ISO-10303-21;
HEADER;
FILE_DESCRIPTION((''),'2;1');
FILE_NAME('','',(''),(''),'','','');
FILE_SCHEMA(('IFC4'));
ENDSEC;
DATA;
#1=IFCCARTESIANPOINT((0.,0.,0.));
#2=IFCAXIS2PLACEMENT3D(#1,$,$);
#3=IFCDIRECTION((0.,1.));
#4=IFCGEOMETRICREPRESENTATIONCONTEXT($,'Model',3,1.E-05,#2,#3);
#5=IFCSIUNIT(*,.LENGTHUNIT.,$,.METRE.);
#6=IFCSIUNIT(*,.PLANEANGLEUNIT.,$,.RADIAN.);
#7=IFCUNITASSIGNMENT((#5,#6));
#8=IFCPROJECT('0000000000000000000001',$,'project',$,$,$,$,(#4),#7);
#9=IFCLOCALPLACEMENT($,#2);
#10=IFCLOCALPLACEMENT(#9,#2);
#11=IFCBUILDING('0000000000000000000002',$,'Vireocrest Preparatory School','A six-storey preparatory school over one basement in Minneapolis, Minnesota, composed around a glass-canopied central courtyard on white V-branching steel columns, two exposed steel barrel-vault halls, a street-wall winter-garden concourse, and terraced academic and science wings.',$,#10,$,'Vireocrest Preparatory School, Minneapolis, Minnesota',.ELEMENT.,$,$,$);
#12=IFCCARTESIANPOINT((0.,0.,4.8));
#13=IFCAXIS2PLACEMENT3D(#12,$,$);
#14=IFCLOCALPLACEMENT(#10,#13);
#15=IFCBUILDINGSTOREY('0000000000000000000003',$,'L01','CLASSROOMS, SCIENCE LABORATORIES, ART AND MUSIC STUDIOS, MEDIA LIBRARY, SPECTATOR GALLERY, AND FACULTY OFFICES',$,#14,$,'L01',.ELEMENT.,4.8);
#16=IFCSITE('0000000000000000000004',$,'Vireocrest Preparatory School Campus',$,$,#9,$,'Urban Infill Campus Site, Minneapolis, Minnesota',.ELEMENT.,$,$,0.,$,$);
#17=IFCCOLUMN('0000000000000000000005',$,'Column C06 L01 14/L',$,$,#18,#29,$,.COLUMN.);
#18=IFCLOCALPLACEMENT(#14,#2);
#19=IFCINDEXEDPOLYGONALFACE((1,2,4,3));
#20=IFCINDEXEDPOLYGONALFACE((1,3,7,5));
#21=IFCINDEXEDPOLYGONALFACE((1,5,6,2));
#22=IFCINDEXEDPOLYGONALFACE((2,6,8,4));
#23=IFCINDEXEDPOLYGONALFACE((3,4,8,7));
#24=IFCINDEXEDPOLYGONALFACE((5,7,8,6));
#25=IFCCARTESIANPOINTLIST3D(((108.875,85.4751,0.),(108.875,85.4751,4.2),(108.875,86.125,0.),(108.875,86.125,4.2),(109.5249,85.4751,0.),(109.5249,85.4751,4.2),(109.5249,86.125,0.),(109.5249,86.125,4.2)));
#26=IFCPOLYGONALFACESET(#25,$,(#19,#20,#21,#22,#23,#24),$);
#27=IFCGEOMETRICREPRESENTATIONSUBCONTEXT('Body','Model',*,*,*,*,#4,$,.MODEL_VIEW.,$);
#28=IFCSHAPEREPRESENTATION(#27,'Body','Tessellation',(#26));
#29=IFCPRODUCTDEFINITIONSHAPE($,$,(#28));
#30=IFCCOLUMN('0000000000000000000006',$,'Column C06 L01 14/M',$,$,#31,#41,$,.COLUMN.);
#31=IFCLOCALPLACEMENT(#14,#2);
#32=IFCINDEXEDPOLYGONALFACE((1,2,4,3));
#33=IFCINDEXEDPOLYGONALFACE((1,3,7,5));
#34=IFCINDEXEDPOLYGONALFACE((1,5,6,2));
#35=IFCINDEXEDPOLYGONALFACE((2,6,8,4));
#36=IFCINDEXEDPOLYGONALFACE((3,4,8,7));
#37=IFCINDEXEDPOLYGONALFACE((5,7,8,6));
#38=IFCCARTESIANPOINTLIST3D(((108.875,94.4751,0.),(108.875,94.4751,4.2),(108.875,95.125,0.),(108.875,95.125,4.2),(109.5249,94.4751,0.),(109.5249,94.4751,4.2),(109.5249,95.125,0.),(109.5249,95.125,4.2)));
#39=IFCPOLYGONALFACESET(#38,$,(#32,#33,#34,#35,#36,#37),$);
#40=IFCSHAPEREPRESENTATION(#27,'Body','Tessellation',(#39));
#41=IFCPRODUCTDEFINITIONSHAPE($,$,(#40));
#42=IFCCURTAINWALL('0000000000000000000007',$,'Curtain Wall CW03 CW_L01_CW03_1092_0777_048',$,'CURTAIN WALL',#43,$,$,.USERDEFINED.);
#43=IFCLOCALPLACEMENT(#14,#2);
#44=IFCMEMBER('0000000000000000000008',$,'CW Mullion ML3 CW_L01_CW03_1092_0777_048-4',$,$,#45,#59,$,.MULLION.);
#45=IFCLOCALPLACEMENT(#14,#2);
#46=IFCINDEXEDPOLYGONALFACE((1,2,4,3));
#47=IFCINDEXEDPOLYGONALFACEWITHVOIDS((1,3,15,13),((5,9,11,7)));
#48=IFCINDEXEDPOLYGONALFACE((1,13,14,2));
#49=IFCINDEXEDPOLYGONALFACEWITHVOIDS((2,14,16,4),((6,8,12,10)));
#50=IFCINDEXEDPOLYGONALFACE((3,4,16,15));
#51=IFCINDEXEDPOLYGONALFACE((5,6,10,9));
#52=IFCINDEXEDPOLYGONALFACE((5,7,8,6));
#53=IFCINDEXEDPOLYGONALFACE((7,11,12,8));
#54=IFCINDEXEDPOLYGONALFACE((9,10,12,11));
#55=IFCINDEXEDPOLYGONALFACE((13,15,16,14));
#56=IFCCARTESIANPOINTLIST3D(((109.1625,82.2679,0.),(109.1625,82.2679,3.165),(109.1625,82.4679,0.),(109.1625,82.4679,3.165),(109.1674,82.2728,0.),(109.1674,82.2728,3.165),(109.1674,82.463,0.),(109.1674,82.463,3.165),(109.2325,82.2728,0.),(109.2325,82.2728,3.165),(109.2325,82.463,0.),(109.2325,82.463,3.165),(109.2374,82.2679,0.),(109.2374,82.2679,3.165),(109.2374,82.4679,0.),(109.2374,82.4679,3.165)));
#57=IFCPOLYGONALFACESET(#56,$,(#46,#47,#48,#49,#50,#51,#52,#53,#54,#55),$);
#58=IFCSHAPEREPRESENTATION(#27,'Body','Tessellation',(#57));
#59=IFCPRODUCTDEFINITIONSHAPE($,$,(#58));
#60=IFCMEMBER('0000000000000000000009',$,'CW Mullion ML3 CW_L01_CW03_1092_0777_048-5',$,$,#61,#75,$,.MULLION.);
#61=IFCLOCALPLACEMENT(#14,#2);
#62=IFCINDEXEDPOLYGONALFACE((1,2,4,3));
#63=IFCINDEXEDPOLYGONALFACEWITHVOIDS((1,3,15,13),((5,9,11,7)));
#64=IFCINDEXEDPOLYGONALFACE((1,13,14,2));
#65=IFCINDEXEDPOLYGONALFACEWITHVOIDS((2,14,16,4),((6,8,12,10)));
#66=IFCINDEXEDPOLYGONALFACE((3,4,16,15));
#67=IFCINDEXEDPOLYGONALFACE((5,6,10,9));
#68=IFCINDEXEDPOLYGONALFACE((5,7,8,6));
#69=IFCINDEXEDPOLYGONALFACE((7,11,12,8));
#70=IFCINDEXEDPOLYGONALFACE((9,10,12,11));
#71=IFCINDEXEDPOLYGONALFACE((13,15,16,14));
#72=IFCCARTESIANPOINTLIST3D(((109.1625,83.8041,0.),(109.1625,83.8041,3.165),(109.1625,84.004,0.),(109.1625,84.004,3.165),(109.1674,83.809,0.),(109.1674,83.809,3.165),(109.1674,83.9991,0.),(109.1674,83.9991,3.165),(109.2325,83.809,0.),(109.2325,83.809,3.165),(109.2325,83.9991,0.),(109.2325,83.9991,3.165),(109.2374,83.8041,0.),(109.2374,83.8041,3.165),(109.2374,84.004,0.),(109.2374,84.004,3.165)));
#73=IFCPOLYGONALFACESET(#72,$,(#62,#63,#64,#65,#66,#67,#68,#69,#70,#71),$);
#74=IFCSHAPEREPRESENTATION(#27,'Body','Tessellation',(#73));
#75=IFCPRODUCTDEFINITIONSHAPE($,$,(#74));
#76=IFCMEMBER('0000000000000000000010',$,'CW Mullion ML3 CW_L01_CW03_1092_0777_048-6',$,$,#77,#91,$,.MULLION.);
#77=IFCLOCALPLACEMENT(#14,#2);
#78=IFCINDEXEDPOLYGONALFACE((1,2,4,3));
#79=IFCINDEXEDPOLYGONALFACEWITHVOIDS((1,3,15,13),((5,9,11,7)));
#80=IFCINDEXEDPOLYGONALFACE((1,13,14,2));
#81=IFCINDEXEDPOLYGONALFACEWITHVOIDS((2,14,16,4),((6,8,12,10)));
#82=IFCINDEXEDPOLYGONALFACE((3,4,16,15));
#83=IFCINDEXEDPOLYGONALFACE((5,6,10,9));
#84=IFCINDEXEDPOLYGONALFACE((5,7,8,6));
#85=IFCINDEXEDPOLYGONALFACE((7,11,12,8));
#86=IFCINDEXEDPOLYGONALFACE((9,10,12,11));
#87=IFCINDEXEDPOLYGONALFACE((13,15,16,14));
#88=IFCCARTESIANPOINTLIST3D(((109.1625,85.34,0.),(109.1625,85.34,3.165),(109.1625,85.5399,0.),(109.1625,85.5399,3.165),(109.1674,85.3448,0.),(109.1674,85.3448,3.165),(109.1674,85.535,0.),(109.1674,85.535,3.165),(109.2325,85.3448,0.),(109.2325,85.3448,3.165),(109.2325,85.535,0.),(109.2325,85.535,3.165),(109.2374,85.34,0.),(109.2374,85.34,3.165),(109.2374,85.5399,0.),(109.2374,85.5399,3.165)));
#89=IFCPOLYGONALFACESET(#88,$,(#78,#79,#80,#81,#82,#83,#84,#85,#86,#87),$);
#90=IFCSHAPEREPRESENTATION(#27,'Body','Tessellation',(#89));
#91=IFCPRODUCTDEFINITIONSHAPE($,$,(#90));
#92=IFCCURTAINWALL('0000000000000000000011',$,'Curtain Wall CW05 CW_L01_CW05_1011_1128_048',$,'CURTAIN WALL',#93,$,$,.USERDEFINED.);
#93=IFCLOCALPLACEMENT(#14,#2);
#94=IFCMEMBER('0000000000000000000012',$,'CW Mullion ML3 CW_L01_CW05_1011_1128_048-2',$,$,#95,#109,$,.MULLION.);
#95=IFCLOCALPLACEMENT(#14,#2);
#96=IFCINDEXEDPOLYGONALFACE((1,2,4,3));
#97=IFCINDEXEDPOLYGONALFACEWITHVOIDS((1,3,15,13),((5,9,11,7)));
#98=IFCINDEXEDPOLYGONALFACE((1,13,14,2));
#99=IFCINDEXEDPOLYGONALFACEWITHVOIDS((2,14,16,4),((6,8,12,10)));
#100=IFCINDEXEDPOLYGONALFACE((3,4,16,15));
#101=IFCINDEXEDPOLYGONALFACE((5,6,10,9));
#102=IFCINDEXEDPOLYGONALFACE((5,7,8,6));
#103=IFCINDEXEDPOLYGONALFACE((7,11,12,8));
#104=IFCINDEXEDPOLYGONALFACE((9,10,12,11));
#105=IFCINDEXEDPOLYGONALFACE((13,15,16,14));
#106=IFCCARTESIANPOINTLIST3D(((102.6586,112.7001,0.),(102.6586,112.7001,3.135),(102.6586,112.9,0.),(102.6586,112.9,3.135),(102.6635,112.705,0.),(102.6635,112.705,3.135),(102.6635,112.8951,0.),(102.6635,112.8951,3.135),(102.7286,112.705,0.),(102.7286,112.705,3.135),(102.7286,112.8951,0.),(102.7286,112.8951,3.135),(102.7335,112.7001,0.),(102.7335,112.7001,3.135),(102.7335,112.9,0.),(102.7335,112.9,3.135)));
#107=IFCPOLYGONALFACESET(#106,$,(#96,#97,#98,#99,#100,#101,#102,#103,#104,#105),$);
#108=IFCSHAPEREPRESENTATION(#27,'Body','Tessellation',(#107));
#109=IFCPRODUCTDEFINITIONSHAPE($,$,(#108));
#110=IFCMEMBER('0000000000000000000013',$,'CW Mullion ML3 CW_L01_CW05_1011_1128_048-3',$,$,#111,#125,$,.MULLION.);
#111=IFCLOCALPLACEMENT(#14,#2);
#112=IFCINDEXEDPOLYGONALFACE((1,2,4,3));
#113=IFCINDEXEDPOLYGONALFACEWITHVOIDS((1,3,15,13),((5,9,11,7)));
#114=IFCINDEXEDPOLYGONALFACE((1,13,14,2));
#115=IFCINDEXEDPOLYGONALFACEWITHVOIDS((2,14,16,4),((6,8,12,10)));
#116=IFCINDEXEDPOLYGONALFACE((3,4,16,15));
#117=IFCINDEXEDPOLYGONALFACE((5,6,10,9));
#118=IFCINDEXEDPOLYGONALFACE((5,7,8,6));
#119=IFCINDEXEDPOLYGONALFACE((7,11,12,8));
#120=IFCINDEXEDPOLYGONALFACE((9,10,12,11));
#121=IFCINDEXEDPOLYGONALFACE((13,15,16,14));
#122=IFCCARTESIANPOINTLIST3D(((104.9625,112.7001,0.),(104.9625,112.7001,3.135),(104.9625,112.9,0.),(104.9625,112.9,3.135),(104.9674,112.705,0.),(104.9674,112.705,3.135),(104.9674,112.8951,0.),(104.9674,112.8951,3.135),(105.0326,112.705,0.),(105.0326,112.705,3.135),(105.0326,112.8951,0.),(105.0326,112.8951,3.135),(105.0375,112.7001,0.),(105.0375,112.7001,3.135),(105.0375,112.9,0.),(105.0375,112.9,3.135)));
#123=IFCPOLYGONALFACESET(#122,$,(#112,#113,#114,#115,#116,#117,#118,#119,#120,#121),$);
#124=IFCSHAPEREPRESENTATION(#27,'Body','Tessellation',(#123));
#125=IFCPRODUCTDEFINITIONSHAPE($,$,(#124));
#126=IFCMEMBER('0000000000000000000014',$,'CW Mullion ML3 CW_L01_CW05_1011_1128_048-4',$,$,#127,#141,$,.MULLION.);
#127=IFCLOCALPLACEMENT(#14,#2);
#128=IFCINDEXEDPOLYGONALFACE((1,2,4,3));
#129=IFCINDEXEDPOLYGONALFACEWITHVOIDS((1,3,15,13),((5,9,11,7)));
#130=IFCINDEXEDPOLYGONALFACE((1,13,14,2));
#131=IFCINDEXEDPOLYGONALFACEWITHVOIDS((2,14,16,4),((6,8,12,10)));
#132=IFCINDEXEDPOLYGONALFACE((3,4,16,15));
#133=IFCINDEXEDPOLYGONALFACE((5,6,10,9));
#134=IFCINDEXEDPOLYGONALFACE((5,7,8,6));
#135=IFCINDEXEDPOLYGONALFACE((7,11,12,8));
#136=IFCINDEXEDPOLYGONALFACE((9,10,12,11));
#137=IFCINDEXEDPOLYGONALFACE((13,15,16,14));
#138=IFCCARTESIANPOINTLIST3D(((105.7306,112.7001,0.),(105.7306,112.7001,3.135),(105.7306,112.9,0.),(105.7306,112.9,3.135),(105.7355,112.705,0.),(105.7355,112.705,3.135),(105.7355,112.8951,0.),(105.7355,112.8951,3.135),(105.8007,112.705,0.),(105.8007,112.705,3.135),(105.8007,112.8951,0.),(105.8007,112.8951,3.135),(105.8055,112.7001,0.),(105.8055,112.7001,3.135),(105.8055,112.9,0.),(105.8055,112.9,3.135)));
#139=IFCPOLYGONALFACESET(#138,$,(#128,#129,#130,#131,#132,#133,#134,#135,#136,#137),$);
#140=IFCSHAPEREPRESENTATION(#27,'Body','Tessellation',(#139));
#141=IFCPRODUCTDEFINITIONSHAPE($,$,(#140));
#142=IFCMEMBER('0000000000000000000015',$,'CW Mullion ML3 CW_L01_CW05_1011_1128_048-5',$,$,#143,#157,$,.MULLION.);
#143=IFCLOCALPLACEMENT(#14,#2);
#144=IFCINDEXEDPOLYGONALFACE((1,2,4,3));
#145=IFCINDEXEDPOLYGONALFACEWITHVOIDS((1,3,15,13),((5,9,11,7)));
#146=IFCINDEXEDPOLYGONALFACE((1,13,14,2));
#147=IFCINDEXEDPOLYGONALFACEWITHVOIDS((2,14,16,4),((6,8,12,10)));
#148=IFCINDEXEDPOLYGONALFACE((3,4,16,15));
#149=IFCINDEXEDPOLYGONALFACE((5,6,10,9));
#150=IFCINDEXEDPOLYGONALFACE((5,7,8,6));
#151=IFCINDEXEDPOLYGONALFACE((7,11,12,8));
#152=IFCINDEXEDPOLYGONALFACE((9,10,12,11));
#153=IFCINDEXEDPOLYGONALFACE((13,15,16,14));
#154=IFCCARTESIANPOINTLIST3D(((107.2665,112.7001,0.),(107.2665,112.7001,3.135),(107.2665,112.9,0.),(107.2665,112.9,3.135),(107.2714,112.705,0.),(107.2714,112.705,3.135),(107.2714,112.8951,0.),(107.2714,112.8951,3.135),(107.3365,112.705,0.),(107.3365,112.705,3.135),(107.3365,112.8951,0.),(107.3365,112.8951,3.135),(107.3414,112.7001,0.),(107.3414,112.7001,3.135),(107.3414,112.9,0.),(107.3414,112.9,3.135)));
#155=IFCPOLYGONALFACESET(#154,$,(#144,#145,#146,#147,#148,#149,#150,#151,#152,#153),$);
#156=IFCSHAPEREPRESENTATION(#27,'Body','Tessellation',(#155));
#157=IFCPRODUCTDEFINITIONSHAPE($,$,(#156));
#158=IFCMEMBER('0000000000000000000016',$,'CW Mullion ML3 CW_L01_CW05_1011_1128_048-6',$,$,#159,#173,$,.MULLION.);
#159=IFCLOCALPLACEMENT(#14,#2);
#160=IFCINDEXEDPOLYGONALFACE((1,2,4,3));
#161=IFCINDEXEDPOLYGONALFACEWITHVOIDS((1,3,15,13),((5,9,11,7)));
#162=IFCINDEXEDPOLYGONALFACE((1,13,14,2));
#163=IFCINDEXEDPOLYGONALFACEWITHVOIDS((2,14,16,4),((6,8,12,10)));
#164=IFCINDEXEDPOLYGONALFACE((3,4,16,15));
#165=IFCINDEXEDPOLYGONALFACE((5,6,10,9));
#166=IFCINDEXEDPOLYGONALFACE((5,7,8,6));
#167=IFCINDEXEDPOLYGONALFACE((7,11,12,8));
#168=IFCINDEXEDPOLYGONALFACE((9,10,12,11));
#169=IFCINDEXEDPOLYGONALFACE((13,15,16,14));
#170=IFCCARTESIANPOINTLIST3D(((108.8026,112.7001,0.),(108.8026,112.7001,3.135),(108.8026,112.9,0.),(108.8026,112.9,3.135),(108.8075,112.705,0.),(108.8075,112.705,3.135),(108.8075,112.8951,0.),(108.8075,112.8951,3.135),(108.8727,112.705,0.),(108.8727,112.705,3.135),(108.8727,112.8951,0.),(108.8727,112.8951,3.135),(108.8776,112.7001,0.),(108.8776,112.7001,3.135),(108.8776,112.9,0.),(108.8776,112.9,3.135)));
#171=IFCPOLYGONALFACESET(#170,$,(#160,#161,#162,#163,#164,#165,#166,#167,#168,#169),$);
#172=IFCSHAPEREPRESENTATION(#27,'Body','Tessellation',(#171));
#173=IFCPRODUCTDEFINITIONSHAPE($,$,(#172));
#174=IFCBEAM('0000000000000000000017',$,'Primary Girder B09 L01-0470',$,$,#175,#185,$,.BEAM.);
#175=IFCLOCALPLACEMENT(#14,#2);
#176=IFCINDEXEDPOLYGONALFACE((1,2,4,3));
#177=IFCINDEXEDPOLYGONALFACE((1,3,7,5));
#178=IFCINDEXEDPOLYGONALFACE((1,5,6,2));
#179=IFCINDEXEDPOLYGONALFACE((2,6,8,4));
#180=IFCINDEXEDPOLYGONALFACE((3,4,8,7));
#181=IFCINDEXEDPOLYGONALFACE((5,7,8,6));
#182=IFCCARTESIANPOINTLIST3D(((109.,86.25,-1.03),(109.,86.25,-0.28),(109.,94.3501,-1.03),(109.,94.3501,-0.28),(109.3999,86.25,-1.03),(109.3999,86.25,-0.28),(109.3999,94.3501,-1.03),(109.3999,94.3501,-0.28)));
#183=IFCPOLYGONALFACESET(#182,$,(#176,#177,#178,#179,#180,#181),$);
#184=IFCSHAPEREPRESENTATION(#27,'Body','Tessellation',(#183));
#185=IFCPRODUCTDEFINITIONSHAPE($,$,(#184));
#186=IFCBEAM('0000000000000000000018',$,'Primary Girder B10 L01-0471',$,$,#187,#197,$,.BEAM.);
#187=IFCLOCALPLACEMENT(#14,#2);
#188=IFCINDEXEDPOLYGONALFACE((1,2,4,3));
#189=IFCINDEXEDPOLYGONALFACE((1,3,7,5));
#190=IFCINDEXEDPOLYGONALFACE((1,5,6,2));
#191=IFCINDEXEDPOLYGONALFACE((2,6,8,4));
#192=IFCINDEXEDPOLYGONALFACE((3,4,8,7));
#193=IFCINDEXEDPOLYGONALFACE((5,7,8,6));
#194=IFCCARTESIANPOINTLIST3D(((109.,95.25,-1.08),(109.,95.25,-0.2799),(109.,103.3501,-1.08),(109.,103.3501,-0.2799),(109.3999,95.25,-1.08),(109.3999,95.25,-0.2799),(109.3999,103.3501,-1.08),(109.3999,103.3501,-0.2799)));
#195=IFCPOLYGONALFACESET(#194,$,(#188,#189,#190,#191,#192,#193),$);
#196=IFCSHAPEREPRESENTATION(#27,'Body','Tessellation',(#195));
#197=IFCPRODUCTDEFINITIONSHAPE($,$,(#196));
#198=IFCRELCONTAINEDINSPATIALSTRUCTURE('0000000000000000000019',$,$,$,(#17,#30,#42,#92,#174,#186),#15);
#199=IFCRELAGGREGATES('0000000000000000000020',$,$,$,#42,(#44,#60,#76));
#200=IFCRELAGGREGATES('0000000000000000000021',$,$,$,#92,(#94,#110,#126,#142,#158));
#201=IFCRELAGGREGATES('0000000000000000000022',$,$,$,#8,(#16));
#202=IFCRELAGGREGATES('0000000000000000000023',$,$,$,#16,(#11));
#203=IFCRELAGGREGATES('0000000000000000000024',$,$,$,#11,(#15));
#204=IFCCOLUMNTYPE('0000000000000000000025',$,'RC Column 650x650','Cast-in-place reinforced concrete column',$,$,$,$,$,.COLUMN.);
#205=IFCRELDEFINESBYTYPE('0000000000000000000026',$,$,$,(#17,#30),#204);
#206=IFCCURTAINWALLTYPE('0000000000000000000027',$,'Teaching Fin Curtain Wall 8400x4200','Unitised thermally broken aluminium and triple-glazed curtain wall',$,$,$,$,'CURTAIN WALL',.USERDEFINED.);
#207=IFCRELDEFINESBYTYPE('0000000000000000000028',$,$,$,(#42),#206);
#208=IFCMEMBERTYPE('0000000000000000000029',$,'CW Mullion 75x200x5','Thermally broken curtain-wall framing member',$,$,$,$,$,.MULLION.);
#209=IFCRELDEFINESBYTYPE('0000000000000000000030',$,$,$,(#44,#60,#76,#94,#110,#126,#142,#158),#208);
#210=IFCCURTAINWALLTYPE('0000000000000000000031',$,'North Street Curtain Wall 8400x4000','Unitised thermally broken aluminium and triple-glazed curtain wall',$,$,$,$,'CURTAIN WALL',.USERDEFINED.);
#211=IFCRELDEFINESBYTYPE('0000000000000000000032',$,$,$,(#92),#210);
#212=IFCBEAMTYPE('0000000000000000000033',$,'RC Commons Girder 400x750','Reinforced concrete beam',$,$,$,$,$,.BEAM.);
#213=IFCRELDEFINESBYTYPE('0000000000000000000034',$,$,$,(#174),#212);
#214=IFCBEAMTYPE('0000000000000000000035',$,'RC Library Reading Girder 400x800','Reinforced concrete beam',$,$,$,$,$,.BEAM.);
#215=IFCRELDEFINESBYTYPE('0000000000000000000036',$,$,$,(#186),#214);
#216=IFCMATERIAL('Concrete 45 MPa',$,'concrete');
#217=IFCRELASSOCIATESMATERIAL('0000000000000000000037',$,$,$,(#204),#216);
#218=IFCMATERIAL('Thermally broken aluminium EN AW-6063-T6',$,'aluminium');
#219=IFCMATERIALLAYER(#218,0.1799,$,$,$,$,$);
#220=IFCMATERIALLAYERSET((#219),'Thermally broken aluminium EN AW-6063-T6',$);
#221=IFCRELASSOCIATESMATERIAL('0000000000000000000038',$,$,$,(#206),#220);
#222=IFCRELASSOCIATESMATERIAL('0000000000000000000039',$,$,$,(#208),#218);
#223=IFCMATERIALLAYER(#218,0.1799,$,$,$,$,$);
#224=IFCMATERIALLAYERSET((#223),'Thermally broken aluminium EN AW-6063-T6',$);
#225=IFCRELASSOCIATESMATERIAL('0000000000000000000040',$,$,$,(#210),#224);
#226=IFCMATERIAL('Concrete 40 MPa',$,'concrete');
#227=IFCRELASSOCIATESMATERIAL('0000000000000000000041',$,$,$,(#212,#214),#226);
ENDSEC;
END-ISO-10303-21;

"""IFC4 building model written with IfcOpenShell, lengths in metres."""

from ifc_helpers import new_model, si_unit, direction, frame, origin, origin_2d, place, context, subcontext, project, spatial, rectangle, hollow_rectangle, extrude, material, layer, layer_set, material_profile, profile_set, type_object, element, aggregate, save


model = new_model("IFC4")

# Units and contexts
model_context = context("Model", 3, precision=1e-05, world=origin(), true_north=direction((0.0, 1.0)))
body_context = subcontext(model_context, "Body", "Model", "MODEL_VIEW")
ifc_project = project(units=[si_unit("LENGTHUNIT", "METRE"), si_unit("PLANEANGLEUNIT", "RADIAN")], contexts=[model_context])

# Site, building, storey
site_placement = place(None, origin())
site = spatial("IfcSite", under=ifc_project, at=site_placement, Name="Vireocrest Preparatory School Campus", LongName="Urban Infill Campus Site, Minneapolis, Minnesota", CompositionType="ELEMENT", RefElevation=0.0)
building_placement = place(site_placement, origin())
building = spatial("IfcBuilding", under=site, at=building_placement, Name="Vireocrest Preparatory School", Description="A six-storey preparatory school over one basement in Minneapolis, Minnesota, composed around a glass-canopied central courtyard on white V-branching steel columns, two exposed steel barrel-vault halls, a street-wall winter-garden concourse, and terraced academic and science wings.", LongName="Vireocrest Preparatory School, Minneapolis, Minnesota", CompositionType="ELEMENT")
storey_placement = place(building_placement, frame((0.0, 0.0, 4.8)))
storey = spatial("IfcBuildingStorey", under=building, at=storey_placement, Name="L01", Description="CLASSROOMS, SCIENCE LABORATORIES, ART AND MUSIC STUDIOS, MEDIA LIBRARY, SPECTATOR GALLERY, AND FACULTY OFFICES", LongName="L01", CompositionType="ELEMENT", Elevation=4.8)

# Columns
ifc_material_1 = material(Name="Concrete 45 MPa", Category="concrete")
ifc_material_profile_1 = material_profile(ifc_material_1, rectangle(XDim=0.6499, YDim=0.6499, at=origin_2d()), Name="RC 650x650")
ifc_profile_set_1 = profile_set([ifc_material_profile_1], Name="Concrete 45 MPa")
column_type = type_object("IfcColumnType", Name="RC Column 650x650", Description="Cast-in-place reinforced concrete column", PredefinedType="COLUMN", material=ifc_profile_set_1)
for number, where, z_axis, x_axis, name in (
    (1, (109.2, 85.8, 0.0), (0.0, 0.0, 1.0), (1.0, 0.0, 0.0), "Column C06 L01 14/L"),
    (2, (109.2, 94.8, 0.0), (0.0, 0.0, 1.0), (1.0, 0.0, 0.0), "Column C06 L01 14/M"),
):
    element("IfcColumn", number, at=place(storey_placement, frame(where, z_axis=z_axis, x_axis=x_axis)), inside=storey, type_object=column_type, Name=name, PredefinedType="COLUMN", context=body_context, shape_type="SweptSolid", body=[
        extrude(rectangle(XDim=0.6499, YDim=0.6499, at=origin_2d()), origin(), (0.0, 0.0, 1.0), 4.2),
    ])

# Curtain walls, members
ifc_material_2 = material(Name="Thermally broken aluminium EN AW-6063-T6", Category="aluminium")
ifc_layer_1 = layer(ifc_material_2, 0.1799)
ifc_layer_set_1 = layer_set([ifc_layer_1], Name="Thermally broken aluminium EN AW-6063-T6")
curtain_wall_type_1 = type_object("IfcCurtainWallType", Name="Teaching Fin Curtain Wall 8400x4200", Description="Unitised thermally broken aluminium and triple-glazed curtain wall", ElementType="CURTAIN WALL", PredefinedType="USERDEFINED", material=ifc_layer_set_1)
curtain_wall_1_placement = place(storey_placement, origin())
curtain_wall_1 = element("IfcCurtainWall", 3, at=curtain_wall_1_placement, inside=storey, type_object=curtain_wall_type_1, Name="Curtain Wall CW03 CW_L01_CW03_1092_0777_048", ObjectType="CURTAIN WALL", PredefinedType="USERDEFINED")
ifc_material_profile_2 = material_profile(ifc_material_2, hollow_rectangle(XDim=0.075, YDim=0.2, WallThickness=0.0049, at=origin_2d()), Name="ALU 75x200x5")
ifc_profile_set_2 = profile_set([ifc_material_profile_2], Name="Thermally broken aluminium EN AW-6063-T6")
member_type = type_object("IfcMemberType", Name="CW Mullion 75x200x5", Description="Thermally broken curtain-wall framing member", PredefinedType="MULLION", material=ifc_profile_set_2)
member_1_placement = place(storey_placement, frame((109.2, 82.3679, 0.0), z_axis=(0.0, 0.0, 1.0), x_axis=(1.0, 0.0, 0.0)))
member_1 = element("IfcMember", 4, at=member_1_placement, type_object=member_type, Name="CW Mullion ML3 CW_L01_CW03_1092_0777_048-4", PredefinedType="MULLION", context=body_context, shape_type="SweptSolid", body=[
    extrude(hollow_rectangle(XDim=0.075, YDim=0.2, WallThickness=0.0049, at=origin_2d()), origin(), (0.0, 0.0, 1.0), 3.165),
])
member_2_placement = place(storey_placement, frame((109.2, 83.9041, 0.0), z_axis=(0.0, 0.0, 1.0), x_axis=(1.0, 0.0, 0.0)))
member_2 = element("IfcMember", 5, at=member_2_placement, type_object=member_type, Name="CW Mullion ML3 CW_L01_CW03_1092_0777_048-5", PredefinedType="MULLION", context=body_context, shape_type="SweptSolid", body=[
    extrude(hollow_rectangle(XDim=0.075, YDim=0.2, WallThickness=0.0049, at=origin_2d()), origin(), (0.0, 0.0, 1.0), 3.165),
])
member_3_placement = place(storey_placement, frame((109.2, 85.4399, 0.0), z_axis=(0.0, 0.0, 1.0), x_axis=(1.0, 0.0, 0.0)))
member_3 = element("IfcMember", 6, at=member_3_placement, type_object=member_type, Name="CW Mullion ML3 CW_L01_CW03_1092_0777_048-6", PredefinedType="MULLION", context=body_context, shape_type="SweptSolid", body=[
    extrude(hollow_rectangle(XDim=0.075, YDim=0.2, WallThickness=0.0049, at=origin_2d()), origin(), (0.0, 0.0, 1.0), 3.165),
])
ifc_layer_2 = layer(ifc_material_2, 0.1799)
ifc_layer_set_2 = layer_set([ifc_layer_2], Name="Thermally broken aluminium EN AW-6063-T6")
curtain_wall_type_2 = type_object("IfcCurtainWallType", Name="North Street Curtain Wall 8400x4000", Description="Unitised thermally broken aluminium and triple-glazed curtain wall", ElementType="CURTAIN WALL", PredefinedType="USERDEFINED", material=ifc_layer_set_2)
curtain_wall_2_placement = place(storey_placement, origin())
curtain_wall_2 = element("IfcCurtainWall", 7, at=curtain_wall_2_placement, inside=storey, type_object=curtain_wall_type_2, Name="Curtain Wall CW05 CW_L01_CW05_1011_1128_048", ObjectType="CURTAIN WALL", PredefinedType="USERDEFINED")
member_4_placement = place(storey_placement, frame((102.696, 112.8, 0.0), z_axis=(0.0, 0.0, 1.0), x_axis=(1.0, 0.0, 0.0)))
member_4 = element("IfcMember", 8, at=member_4_placement, type_object=member_type, Name="CW Mullion ML3 CW_L01_CW05_1011_1128_048-2", PredefinedType="MULLION", context=body_context, shape_type="SweptSolid", body=[
    extrude(hollow_rectangle(XDim=0.075, YDim=0.2, WallThickness=0.0049, at=origin_2d()), origin(), (0.0, 0.0, 1.0), 3.135),
])
member_5_placement = place(storey_placement, frame((105.0, 112.8, 0.0), z_axis=(0.0, 0.0, 1.0), x_axis=(1.0, 0.0, 0.0)))
member_5 = element("IfcMember", 9, at=member_5_placement, type_object=member_type, Name="CW Mullion ML3 CW_L01_CW05_1011_1128_048-3", PredefinedType="MULLION", context=body_context, shape_type="SweptSolid", body=[
    extrude(hollow_rectangle(XDim=0.075, YDim=0.2, WallThickness=0.0049, at=origin_2d()), origin(), (0.0, 0.0, 1.0), 3.135),
])
member_6_placement = place(storey_placement, frame((105.7681, 112.8, 0.0), z_axis=(0.0, 0.0, 1.0), x_axis=(1.0, 0.0, 0.0)))
member_6 = element("IfcMember", 10, at=member_6_placement, type_object=member_type, Name="CW Mullion ML3 CW_L01_CW05_1011_1128_048-4", PredefinedType="MULLION", context=body_context, shape_type="SweptSolid", body=[
    extrude(hollow_rectangle(XDim=0.075, YDim=0.2, WallThickness=0.0049, at=origin_2d()), origin(), (0.0, 0.0, 1.0), 3.135),
])
member_7_placement = place(storey_placement, frame((107.304, 112.8, 0.0), z_axis=(0.0, 0.0, 1.0), x_axis=(1.0, 0.0, 0.0)))
member_7 = element("IfcMember", 11, at=member_7_placement, type_object=member_type, Name="CW Mullion ML3 CW_L01_CW05_1011_1128_048-5", PredefinedType="MULLION", context=body_context, shape_type="SweptSolid", body=[
    extrude(hollow_rectangle(XDim=0.075, YDim=0.2, WallThickness=0.0049, at=origin_2d()), origin(), (0.0, 0.0, 1.0), 3.135),
])
member_8_placement = place(storey_placement, frame((108.8401, 112.8, 0.0), z_axis=(0.0, 0.0, 1.0), x_axis=(1.0, 0.0, 0.0)))
member_8 = element("IfcMember", 12, at=member_8_placement, type_object=member_type, Name="CW Mullion ML3 CW_L01_CW05_1011_1128_048-6", PredefinedType="MULLION", context=body_context, shape_type="SweptSolid", body=[
    extrude(hollow_rectangle(XDim=0.075, YDim=0.2, WallThickness=0.0049, at=origin_2d()), origin(), (0.0, 0.0, 1.0), 3.135),
])

# Beams
ifc_material_3 = material(Name="Concrete 40 MPa", Category="concrete")
ifc_material_profile_3 = material_profile(ifc_material_3, rectangle(XDim=0.3999, YDim=0.75, at=origin_2d()), Name="RC 400x750")
ifc_profile_set_3 = profile_set([ifc_material_profile_3], Name="Concrete 40 MPa")
beam_type_1 = type_object("IfcBeamType", Name="RC Commons Girder 400x750", Description="Reinforced concrete beam", PredefinedType="BEAM", material=ifc_profile_set_3)
beam_1_placement = place(storey_placement, frame((109.2, 86.25, -0.655), z_axis=(0.0, 1.0, 0.0), x_axis=(-1.0, 0.0, 0.0)))
element("IfcBeam", 13, at=beam_1_placement, inside=storey, type_object=beam_type_1, Name="Primary Girder B09 L01-0470", PredefinedType="BEAM", context=body_context, shape_type="SweptSolid", body=[
    extrude(rectangle(XDim=0.3999, YDim=0.75, at=origin_2d()), origin(), (0.0, 0.0, 1.0), 8.1001),
])
ifc_material_profile_4 = material_profile(ifc_material_3, rectangle(XDim=0.3999, YDim=0.8, at=origin_2d()), Name="RC 400x800")
ifc_profile_set_4 = profile_set([ifc_material_profile_4], Name="Concrete 40 MPa")
beam_type_2 = type_object("IfcBeamType", Name="RC Library Reading Girder 400x800", Description="Reinforced concrete beam", PredefinedType="BEAM", material=ifc_profile_set_4)
beam_2_placement = place(storey_placement, frame((109.2, 95.25, -0.6799), z_axis=(0.0, 1.0, 0.0), x_axis=(-1.0, 0.0, 0.0)))
element("IfcBeam", 14, at=beam_2_placement, inside=storey, type_object=beam_type_2, Name="Primary Girder B10 L01-0471", PredefinedType="BEAM", context=body_context, shape_type="SweptSolid", body=[
    extrude(rectangle(XDim=0.3999, YDim=0.8, at=origin_2d()), origin(), (0.0, 0.0, 1.0), 8.1001),
])

aggregate(curtain_wall_1, [member_1, member_2, member_3])
aggregate(curtain_wall_2, [member_4, member_5, member_6, member_7, member_8])

save(model, "model.ifc")
